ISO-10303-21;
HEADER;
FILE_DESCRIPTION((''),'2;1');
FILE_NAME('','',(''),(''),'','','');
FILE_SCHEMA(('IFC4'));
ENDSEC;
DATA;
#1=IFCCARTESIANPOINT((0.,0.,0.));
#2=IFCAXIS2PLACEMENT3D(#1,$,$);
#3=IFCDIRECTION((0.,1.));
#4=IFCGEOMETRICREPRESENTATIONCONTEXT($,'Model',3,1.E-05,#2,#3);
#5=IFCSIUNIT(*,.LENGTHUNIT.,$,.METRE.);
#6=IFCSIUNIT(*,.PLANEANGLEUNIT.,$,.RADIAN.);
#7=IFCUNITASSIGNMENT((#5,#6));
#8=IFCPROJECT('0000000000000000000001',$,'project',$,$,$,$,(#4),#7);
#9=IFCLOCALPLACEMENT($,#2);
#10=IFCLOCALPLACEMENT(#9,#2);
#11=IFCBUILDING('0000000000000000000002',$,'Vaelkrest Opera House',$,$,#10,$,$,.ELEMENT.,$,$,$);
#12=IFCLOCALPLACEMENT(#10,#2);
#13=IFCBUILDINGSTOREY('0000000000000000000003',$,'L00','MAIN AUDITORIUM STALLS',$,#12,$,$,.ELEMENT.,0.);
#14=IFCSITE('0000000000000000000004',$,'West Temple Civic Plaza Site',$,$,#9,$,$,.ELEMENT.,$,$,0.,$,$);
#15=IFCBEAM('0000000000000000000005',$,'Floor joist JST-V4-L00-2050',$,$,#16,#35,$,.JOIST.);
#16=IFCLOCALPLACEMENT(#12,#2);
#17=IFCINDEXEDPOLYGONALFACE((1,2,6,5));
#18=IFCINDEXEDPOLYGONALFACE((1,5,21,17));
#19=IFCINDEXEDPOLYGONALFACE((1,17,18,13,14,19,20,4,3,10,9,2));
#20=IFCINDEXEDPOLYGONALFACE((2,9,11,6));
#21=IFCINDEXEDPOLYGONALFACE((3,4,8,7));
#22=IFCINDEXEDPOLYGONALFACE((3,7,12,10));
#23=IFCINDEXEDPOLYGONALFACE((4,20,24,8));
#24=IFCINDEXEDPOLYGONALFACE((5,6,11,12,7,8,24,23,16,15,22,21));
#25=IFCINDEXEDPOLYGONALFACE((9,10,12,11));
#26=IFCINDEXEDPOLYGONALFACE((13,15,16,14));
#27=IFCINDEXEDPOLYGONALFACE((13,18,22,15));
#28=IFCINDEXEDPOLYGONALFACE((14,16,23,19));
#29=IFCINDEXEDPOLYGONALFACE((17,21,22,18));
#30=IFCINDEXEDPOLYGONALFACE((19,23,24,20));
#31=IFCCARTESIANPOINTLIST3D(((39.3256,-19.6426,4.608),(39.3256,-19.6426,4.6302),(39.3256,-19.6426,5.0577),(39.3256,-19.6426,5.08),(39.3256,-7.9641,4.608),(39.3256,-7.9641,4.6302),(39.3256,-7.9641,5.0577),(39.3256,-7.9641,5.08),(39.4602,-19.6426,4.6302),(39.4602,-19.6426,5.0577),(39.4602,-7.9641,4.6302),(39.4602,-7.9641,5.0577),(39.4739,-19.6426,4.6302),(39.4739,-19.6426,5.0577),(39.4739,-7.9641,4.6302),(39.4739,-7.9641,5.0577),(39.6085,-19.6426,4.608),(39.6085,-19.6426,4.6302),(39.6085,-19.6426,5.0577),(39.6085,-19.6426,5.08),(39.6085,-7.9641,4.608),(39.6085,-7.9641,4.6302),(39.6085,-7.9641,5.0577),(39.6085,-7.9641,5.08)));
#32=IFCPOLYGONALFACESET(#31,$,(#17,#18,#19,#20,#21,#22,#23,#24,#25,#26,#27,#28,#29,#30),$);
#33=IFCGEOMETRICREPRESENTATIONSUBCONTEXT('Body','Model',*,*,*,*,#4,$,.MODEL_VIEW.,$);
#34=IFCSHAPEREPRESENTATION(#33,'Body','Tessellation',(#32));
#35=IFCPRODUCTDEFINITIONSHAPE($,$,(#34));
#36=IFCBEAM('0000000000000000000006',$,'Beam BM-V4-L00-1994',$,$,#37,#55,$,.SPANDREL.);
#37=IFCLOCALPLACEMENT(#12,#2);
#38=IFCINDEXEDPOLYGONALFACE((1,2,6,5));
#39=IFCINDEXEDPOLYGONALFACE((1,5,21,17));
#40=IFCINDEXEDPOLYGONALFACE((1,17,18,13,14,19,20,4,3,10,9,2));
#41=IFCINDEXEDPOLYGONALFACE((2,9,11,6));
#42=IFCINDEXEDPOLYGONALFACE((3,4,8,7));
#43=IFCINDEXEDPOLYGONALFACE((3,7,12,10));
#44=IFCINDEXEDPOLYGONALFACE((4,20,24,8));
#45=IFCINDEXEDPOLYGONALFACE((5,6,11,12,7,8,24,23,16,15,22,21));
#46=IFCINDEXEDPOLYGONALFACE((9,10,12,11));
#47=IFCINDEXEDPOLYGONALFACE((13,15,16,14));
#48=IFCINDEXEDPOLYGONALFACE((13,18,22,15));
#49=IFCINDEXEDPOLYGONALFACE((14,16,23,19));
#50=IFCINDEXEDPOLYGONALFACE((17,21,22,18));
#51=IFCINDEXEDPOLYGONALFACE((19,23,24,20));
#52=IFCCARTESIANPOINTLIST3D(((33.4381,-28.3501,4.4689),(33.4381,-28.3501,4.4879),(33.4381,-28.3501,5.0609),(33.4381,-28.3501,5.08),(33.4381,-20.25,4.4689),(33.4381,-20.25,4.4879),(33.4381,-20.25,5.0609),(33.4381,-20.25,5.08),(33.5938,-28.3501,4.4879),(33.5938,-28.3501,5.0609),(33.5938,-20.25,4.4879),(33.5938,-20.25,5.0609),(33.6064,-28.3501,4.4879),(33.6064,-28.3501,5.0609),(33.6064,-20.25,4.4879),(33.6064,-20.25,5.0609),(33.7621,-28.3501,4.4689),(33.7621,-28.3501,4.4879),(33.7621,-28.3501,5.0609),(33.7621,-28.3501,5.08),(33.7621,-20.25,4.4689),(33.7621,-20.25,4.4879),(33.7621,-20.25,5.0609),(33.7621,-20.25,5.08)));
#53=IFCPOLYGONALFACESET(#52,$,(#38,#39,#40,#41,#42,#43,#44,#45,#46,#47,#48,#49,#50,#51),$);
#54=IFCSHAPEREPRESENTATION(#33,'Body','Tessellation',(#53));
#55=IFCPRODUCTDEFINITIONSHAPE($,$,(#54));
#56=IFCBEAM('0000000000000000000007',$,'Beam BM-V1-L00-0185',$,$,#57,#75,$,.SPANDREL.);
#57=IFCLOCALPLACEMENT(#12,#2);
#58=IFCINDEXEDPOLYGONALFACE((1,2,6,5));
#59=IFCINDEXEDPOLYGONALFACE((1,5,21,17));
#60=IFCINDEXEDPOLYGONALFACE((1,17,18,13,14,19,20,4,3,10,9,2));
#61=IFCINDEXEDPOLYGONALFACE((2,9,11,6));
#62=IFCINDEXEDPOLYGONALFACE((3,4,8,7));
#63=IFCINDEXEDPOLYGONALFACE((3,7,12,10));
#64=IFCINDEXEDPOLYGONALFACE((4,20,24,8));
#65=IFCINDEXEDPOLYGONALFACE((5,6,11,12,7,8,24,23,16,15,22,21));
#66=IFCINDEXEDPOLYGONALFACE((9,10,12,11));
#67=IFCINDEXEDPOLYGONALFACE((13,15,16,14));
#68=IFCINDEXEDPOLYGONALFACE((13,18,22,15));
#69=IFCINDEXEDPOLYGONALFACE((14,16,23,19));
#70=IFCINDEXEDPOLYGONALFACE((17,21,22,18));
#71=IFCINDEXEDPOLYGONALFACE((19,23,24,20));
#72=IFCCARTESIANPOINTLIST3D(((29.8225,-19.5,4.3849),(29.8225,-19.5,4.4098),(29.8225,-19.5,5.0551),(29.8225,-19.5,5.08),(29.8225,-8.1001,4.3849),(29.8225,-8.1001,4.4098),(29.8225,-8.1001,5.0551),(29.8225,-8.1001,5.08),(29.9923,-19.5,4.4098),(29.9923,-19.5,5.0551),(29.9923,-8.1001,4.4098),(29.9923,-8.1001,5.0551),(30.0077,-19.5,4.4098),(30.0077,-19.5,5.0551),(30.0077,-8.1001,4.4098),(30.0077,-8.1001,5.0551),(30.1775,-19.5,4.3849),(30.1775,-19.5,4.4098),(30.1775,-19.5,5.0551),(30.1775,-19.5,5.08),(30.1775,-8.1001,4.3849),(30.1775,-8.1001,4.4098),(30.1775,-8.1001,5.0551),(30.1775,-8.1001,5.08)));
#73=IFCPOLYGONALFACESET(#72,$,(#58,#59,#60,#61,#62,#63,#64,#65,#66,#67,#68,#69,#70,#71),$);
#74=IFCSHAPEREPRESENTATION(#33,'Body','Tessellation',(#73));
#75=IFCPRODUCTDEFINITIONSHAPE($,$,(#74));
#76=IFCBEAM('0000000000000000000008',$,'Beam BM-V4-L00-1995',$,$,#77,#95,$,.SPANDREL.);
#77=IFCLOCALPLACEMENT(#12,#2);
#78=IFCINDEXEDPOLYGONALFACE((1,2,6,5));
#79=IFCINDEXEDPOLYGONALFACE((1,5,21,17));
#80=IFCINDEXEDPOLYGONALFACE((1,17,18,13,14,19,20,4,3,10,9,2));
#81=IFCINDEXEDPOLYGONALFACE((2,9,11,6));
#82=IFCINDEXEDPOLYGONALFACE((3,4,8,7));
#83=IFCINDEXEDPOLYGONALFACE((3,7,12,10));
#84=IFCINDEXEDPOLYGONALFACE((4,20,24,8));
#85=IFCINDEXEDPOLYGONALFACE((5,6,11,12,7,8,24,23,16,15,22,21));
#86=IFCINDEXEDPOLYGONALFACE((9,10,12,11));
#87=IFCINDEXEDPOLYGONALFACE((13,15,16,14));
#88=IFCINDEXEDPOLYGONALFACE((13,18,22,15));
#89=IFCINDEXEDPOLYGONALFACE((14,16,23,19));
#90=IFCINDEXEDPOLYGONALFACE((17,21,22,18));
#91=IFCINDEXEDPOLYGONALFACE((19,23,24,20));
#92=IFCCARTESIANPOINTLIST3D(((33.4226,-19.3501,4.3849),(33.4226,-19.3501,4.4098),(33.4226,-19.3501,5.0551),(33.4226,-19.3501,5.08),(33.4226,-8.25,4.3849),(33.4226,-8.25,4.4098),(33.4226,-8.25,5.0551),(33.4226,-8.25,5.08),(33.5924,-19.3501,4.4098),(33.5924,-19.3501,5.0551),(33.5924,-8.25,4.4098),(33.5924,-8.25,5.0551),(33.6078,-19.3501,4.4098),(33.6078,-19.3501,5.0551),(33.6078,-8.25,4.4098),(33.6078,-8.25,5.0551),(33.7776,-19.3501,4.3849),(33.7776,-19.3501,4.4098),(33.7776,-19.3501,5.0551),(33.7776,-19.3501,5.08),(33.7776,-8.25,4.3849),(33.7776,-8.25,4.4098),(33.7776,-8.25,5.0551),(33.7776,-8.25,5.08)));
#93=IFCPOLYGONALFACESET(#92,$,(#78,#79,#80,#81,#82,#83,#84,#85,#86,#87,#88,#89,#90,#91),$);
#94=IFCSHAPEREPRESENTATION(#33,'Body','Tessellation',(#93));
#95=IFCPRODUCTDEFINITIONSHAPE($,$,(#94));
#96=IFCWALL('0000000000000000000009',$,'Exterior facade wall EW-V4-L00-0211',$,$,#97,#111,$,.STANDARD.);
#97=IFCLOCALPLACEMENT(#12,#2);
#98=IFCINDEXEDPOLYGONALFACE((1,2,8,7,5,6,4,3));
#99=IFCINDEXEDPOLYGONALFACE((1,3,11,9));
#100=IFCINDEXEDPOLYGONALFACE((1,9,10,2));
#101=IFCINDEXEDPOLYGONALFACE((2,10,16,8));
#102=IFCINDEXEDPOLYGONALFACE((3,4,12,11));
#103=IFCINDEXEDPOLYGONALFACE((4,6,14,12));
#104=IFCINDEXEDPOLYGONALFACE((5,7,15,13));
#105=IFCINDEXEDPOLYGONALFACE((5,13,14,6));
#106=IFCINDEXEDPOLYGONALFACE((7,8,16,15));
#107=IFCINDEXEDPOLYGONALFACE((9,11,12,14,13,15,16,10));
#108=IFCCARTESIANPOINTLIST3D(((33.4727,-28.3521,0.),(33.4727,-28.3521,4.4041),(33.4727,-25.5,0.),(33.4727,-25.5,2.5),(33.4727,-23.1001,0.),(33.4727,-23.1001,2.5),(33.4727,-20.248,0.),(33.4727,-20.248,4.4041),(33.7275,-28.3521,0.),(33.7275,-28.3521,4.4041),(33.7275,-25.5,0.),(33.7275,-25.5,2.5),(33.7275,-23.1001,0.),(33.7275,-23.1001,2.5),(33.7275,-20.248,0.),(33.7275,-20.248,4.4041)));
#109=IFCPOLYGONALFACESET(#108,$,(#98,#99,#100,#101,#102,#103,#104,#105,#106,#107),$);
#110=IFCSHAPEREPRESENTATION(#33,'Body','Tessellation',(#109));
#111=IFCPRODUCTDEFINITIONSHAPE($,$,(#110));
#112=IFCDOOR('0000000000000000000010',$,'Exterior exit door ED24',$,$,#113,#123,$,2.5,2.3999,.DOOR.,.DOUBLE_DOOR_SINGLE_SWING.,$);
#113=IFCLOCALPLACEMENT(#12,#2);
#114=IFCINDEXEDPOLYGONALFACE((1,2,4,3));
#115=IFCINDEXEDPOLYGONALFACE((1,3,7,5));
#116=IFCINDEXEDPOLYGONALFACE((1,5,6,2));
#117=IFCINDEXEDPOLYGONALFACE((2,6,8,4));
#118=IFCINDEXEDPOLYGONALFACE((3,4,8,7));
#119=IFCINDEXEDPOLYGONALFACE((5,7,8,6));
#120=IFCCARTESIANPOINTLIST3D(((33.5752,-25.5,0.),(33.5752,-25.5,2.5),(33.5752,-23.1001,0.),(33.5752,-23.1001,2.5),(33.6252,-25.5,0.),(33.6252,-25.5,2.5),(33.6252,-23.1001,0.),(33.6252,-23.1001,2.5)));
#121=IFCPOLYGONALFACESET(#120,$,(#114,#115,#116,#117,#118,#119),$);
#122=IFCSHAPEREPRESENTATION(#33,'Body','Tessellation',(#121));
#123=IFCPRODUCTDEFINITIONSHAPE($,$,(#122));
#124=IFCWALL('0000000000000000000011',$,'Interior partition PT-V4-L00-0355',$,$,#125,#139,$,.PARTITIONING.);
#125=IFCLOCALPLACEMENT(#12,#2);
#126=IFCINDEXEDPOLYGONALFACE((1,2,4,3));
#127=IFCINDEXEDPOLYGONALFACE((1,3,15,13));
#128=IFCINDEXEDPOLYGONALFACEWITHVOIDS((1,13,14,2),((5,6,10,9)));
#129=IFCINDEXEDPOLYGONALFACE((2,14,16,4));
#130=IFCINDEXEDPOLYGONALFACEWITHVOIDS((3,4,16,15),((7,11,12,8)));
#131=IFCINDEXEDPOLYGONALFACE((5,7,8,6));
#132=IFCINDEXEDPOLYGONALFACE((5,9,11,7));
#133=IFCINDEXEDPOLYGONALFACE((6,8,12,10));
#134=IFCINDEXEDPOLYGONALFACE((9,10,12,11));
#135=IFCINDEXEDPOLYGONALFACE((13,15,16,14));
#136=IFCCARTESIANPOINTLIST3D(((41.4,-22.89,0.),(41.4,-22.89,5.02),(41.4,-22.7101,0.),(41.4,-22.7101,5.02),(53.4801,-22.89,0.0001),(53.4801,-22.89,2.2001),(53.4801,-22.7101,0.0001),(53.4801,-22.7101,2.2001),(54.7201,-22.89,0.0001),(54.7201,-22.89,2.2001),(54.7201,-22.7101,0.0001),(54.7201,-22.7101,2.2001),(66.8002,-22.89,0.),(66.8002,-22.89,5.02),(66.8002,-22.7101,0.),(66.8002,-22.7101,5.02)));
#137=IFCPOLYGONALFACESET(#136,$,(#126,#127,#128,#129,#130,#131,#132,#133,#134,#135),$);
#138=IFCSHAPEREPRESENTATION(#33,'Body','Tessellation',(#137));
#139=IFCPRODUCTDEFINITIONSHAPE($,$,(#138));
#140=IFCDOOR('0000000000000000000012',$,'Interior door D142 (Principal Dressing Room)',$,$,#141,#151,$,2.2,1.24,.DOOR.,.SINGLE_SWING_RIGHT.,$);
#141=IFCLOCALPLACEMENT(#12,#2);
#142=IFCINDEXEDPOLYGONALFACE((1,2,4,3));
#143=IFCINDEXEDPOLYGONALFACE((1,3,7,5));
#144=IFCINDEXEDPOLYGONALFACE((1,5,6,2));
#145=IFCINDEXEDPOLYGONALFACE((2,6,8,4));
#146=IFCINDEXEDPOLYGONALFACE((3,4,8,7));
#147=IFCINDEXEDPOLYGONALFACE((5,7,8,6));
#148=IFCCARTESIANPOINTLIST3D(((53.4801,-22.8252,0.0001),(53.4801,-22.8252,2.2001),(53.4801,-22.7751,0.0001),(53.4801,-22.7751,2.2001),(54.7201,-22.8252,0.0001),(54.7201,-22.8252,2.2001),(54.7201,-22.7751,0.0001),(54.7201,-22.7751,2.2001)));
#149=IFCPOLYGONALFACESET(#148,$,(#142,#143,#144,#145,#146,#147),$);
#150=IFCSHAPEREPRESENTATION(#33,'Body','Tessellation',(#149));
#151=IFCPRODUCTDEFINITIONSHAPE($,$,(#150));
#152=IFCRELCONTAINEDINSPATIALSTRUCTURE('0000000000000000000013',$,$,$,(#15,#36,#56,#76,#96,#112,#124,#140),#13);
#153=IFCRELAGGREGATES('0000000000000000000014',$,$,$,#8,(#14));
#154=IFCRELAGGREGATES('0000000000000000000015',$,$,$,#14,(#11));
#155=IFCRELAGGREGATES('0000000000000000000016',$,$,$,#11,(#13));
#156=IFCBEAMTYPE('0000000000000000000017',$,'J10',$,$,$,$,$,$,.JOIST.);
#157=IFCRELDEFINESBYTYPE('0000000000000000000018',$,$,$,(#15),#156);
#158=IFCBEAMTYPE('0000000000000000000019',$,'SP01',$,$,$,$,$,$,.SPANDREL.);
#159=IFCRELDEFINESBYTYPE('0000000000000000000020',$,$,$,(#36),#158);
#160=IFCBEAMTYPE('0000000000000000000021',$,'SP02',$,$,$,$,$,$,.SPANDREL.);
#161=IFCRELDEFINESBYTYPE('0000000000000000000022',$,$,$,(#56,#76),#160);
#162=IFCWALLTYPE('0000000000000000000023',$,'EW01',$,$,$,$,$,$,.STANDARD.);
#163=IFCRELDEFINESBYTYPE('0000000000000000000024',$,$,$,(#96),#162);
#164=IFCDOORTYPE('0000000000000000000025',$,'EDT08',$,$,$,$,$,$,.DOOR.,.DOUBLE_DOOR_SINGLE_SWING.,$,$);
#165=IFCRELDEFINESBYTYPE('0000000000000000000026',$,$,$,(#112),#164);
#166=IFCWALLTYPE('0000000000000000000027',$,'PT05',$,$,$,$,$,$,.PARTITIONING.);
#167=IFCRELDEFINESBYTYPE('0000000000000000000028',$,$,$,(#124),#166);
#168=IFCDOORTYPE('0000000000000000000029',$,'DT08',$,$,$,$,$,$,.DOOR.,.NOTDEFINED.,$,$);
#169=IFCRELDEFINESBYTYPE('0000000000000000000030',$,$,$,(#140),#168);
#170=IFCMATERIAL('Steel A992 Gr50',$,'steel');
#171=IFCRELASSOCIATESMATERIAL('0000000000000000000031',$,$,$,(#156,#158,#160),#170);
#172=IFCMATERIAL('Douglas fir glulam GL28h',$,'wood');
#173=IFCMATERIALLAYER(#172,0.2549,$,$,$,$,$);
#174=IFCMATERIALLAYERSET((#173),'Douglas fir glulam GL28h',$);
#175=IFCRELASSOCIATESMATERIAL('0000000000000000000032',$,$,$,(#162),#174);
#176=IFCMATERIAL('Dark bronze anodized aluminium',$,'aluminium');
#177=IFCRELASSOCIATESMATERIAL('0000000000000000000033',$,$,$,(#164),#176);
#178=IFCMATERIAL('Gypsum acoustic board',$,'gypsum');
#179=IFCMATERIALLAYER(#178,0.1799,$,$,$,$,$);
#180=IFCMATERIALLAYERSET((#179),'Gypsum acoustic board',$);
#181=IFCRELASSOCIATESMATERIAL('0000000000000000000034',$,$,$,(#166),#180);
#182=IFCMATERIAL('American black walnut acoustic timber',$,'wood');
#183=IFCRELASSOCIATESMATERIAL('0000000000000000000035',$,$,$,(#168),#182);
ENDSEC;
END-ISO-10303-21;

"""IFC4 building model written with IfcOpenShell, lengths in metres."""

from ifc_helpers import new_model, si_unit, direction, frame, frame_2d, origin, origin_2d, place, context, subcontext, project, spatial, rectangle, i_section, extrude, material, layer, layer_set, material_profile, profile_set, type_object, element, fill, save


model = new_model("IFC4")

# Units and contexts
model_context = context("Model", 3, precision=1e-05, world=origin(), true_north=direction((0.0, 1.0)))
body_context = subcontext(model_context, "Body", "Model", "MODEL_VIEW")
ifc_project = project(units=[si_unit("LENGTHUNIT", "METRE"), si_unit("PLANEANGLEUNIT", "RADIAN")], contexts=[model_context])

# Site, building, storey
site_placement = place(None, origin())
site = spatial("IfcSite", under=ifc_project, at=site_placement, Name="West Temple Civic Plaza Site", CompositionType="ELEMENT", RefElevation=0.0)
building_placement = place(site_placement, origin())
building = spatial("IfcBuilding", under=site, at=building_placement, Name="Vaelkrest Opera House", CompositionType="ELEMENT")
storey_placement = place(building_placement, origin())
storey = spatial("IfcBuildingStorey", under=building, at=storey_placement, Name="L00", Description="MAIN AUDITORIUM STALLS", CompositionType="ELEMENT", Elevation=0.0)

# Shared definitions
ifc_material_1 = material(Name="Steel A992 Gr50", Category="steel")

# Shared definitions
ifc_material_2 = material(Name="Dark bronze anodized aluminium", Category="aluminium")

# Beams
ifc_material_profile_1 = material_profile(ifc_material_1, i_section(OverallWidth=0.283, OverallDepth=0.4719, WebThickness=0.0137, FlangeThickness=0.0222, at=origin_2d()), Name="W18X97")
ifc_profile_set_1 = profile_set([ifc_material_profile_1], Name="Steel A992 Gr50")
beam_type_1 = type_object("IfcBeamType", Name="J10", PredefinedType="JOIST", material=ifc_profile_set_1)
beam_1_placement = place(storey_placement, frame((39.467, -19.6426, 4.844), z_axis=(0.0, 1.0, 0.0), x_axis=(-1.0, 0.0, 0.0)))
element("IfcBeam", 1, at=beam_1_placement, inside=storey, type_object=beam_type_1, Name="Floor joist JST-V4-L00-2050", PredefinedType="JOIST", context=body_context, shape_type="SweptSolid", body=[
    extrude(i_section(OverallWidth=0.283, OverallDepth=0.4719, WebThickness=0.0137, FlangeThickness=0.0222, at=origin_2d()), origin(), (0.0, 0.0, 1.0), 11.6785),
])
ifc_material_profile_2 = material_profile(ifc_material_1, i_section(OverallWidth=0.324, OverallDepth=0.6111, WebThickness=0.0127, FlangeThickness=0.019, at=origin_2d()), Name="W24X104")
ifc_profile_set_2 = profile_set([ifc_material_profile_2], Name="Steel A992 Gr50")
beam_type_2 = type_object("IfcBeamType", Name="SP01", PredefinedType="SPANDREL", material=ifc_profile_set_2)
beam_2_placement = place(storey_placement, frame((33.6001, -28.3501, 4.7744), z_axis=(0.0, 1.0, 0.0), x_axis=(-1.0, 0.0, 0.0)))
element("IfcBeam", 2, at=beam_2_placement, inside=storey, type_object=beam_type_2, Name="Beam BM-V4-L00-1994", PredefinedType="SPANDREL", context=body_context, shape_type="SweptSolid", body=[
    extrude(i_section(OverallWidth=0.324, OverallDepth=0.6111, WebThickness=0.0127, FlangeThickness=0.019, at=origin_2d()), origin(), (0.0, 0.0, 1.0), 8.1001),
])
ifc_material_profile_3 = material_profile(ifc_material_1, i_section(OverallWidth=0.355, OverallDepth=0.6951, WebThickness=0.0154, FlangeThickness=0.0249, at=origin_2d()), Name="W27X146")
ifc_profile_set_3 = profile_set([ifc_material_profile_3], Name="Steel A992 Gr50")
beam_type_3 = type_object("IfcBeamType", Name="SP02", PredefinedType="SPANDREL", material=ifc_profile_set_3)
beam_3_placement = place(storey_placement, frame((30.0, -19.5, 4.7324), z_axis=(0.0, 1.0, 0.0), x_axis=(-1.0, 0.0, 0.0)))
element("IfcBeam", 3, at=beam_3_placement, inside=storey, type_object=beam_type_3, Name="Beam BM-V1-L00-0185", PredefinedType="SPANDREL", context=body_context, shape_type="SweptSolid", body=[
    extrude(i_section(OverallWidth=0.355, OverallDepth=0.6951, WebThickness=0.0154, FlangeThickness=0.0249, at=origin_2d()), origin(), (0.0, 0.0, 1.0), 11.3999),
])
beam_4_placement = place(storey_placement, frame((33.6001, -19.3501, 4.7324), z_axis=(0.0, 1.0, 0.0), x_axis=(-1.0, 0.0, 0.0)))
element("IfcBeam", 4, at=beam_4_placement, inside=storey, type_object=beam_type_3, Name="Beam BM-V4-L00-1995", PredefinedType="SPANDREL", context=body_context, shape_type="SweptSolid", body=[
    extrude(i_section(OverallWidth=0.355, OverallDepth=0.6951, WebThickness=0.0154, FlangeThickness=0.0249, at=origin_2d()), origin(), (0.0, 0.0, 1.0), 11.1001),
])

# Walls, openings, doors
ifc_material_3 = material(Name="Douglas fir glulam GL28h", Category="wood")
ifc_layer_1 = layer(ifc_material_3, 0.2549)
ifc_layer_set_1 = layer_set([ifc_layer_1], Name="Douglas fir glulam GL28h")
wall_type_1 = type_object("IfcWallType", Name="EW01", PredefinedType="STANDARD", material=ifc_layer_set_1)
wall_1_placement = place(storey_placement, frame((33.6001, -28.3521, 0.0), z_axis=(0.0, 0.0, 1.0), x_axis=(0.0, 1.0, 0.0)))
wall_1 = element("IfcWall", 5, at=wall_1_placement, inside=storey, type_object=wall_type_1, Name="Exterior facade wall EW-V4-L00-0211", PredefinedType="STANDARD", context=body_context, shape_type="SweptSolid", body=[
    extrude(rectangle(XDim=8.104, YDim=0.2549, at=frame_2d((4.052, 0.0))), origin(), (0.0, 0.0, 1.0), 4.4041),
])
opening_1_placement = place(wall_1_placement, frame((2.8521, 0.0, 0.0)))
opening_1 = element("IfcOpeningElement", 6, at=opening_1_placement, cuts=wall_1, PredefinedType="OPENING", context=body_context, shape_type="SweptSolid", body=[
    extrude(rectangle(XDim=2.3999, YDim=2.5, at=frame_2d((1.2, 1.25))), frame((0.0, 0.1375, 0.0), z_axis=(0.0, -1.0, 0.0), x_axis=(1.0, 0.0, 0.0)), (0.0, 0.0, 1.0), 0.2749),
])
door_type_1 = type_object("IfcDoorType", Name="EDT08", OperationType="DOUBLE_DOOR_SINGLE_SWING", PredefinedType="DOOR", material=ifc_material_2)
door_1_placement = place(opening_1_placement, origin())
door_1 = element("IfcDoor", 7, at=door_1_placement, inside=storey, type_object=door_type_1, Name="Exterior exit door ED24", OperationType="DOUBLE_DOOR_SINGLE_SWING", OverallHeight=2.5, OverallWidth=2.3999, PredefinedType="DOOR", context=body_context, shape_type="SweptSolid", body=[
    extrude(rectangle(XDim=2.3999, YDim=2.5, at=frame_2d((1.2, 1.25))), frame((0.0, 0.0249, 0.0), z_axis=(0.0, -1.0, 0.0), x_axis=(1.0, 0.0, 0.0)), (0.0, 0.0, 1.0), 0.05),
])
fill(opening_1, door_1)
ifc_material_4 = material(Name="Gypsum acoustic board", Category="gypsum")
ifc_layer_2 = layer(ifc_material_4, 0.1799)
ifc_layer_set_2 = layer_set([ifc_layer_2], Name="Gypsum acoustic board")
wall_type_2 = type_object("IfcWallType", Name="PT05", PredefinedType="PARTITIONING", material=ifc_layer_set_2)
wall_2_placement = place(storey_placement, frame((41.3999, -22.8, 0.0), z_axis=(0.0, 0.0, 1.0), x_axis=(1.0, 0.0, 0.0)))
wall_2 = element("IfcWall", 8, at=wall_2_placement, inside=storey, type_object=wall_type_2, Name="Interior partition PT-V4-L00-0355", PredefinedType="PARTITIONING", context=body_context, shape_type="SweptSolid", body=[
    extrude(rectangle(XDim=25.4001, YDim=0.1799, at=frame_2d((12.7002, 0.0))), origin(), (0.0, 0.0, 1.0), 5.02),
])
opening_2_placement = place(wall_2_placement, frame((12.0801, 0.0, 0.0)))
opening_2 = element("IfcOpeningElement", 9, at=opening_2_placement, cuts=wall_2, PredefinedType="OPENING", context=body_context, shape_type="SweptSolid", body=[
    extrude(rectangle(XDim=1.24, YDim=2.2, at=frame_2d((0.6201, 1.1001))), frame((0.0, 0.0999, 0.0), z_axis=(0.0, -1.0, 0.0), x_axis=(1.0, 0.0, 0.0)), (0.0, 0.0, 1.0), 0.2),
])
ifc_material_5 = material(Name="American black walnut acoustic timber", Category="wood")
door_type_2 = type_object("IfcDoorType", Name="DT08", OperationType="NOTDEFINED", PredefinedType="DOOR", material=ifc_material_5)
door_2_placement = place(opening_2_placement, origin())
door_2 = element("IfcDoor", 10, at=door_2_placement, inside=storey, type_object=door_type_2, Name="Interior door D142 (Principal Dressing Room)", OperationType="SINGLE_SWING_RIGHT", OverallHeight=2.2, OverallWidth=1.24, PredefinedType="DOOR", context=body_context, shape_type="SweptSolid", body=[
    extrude(rectangle(XDim=1.24, YDim=2.2, at=frame_2d((0.6201, 1.1001))), frame((0.0, 0.0249, 0.0), z_axis=(0.0, -1.0, 0.0), x_axis=(1.0, 0.0, 0.0)), (0.0, 0.0, 1.0), 0.05),
])
fill(opening_2, door_2)

save(model, "model.ifc")
